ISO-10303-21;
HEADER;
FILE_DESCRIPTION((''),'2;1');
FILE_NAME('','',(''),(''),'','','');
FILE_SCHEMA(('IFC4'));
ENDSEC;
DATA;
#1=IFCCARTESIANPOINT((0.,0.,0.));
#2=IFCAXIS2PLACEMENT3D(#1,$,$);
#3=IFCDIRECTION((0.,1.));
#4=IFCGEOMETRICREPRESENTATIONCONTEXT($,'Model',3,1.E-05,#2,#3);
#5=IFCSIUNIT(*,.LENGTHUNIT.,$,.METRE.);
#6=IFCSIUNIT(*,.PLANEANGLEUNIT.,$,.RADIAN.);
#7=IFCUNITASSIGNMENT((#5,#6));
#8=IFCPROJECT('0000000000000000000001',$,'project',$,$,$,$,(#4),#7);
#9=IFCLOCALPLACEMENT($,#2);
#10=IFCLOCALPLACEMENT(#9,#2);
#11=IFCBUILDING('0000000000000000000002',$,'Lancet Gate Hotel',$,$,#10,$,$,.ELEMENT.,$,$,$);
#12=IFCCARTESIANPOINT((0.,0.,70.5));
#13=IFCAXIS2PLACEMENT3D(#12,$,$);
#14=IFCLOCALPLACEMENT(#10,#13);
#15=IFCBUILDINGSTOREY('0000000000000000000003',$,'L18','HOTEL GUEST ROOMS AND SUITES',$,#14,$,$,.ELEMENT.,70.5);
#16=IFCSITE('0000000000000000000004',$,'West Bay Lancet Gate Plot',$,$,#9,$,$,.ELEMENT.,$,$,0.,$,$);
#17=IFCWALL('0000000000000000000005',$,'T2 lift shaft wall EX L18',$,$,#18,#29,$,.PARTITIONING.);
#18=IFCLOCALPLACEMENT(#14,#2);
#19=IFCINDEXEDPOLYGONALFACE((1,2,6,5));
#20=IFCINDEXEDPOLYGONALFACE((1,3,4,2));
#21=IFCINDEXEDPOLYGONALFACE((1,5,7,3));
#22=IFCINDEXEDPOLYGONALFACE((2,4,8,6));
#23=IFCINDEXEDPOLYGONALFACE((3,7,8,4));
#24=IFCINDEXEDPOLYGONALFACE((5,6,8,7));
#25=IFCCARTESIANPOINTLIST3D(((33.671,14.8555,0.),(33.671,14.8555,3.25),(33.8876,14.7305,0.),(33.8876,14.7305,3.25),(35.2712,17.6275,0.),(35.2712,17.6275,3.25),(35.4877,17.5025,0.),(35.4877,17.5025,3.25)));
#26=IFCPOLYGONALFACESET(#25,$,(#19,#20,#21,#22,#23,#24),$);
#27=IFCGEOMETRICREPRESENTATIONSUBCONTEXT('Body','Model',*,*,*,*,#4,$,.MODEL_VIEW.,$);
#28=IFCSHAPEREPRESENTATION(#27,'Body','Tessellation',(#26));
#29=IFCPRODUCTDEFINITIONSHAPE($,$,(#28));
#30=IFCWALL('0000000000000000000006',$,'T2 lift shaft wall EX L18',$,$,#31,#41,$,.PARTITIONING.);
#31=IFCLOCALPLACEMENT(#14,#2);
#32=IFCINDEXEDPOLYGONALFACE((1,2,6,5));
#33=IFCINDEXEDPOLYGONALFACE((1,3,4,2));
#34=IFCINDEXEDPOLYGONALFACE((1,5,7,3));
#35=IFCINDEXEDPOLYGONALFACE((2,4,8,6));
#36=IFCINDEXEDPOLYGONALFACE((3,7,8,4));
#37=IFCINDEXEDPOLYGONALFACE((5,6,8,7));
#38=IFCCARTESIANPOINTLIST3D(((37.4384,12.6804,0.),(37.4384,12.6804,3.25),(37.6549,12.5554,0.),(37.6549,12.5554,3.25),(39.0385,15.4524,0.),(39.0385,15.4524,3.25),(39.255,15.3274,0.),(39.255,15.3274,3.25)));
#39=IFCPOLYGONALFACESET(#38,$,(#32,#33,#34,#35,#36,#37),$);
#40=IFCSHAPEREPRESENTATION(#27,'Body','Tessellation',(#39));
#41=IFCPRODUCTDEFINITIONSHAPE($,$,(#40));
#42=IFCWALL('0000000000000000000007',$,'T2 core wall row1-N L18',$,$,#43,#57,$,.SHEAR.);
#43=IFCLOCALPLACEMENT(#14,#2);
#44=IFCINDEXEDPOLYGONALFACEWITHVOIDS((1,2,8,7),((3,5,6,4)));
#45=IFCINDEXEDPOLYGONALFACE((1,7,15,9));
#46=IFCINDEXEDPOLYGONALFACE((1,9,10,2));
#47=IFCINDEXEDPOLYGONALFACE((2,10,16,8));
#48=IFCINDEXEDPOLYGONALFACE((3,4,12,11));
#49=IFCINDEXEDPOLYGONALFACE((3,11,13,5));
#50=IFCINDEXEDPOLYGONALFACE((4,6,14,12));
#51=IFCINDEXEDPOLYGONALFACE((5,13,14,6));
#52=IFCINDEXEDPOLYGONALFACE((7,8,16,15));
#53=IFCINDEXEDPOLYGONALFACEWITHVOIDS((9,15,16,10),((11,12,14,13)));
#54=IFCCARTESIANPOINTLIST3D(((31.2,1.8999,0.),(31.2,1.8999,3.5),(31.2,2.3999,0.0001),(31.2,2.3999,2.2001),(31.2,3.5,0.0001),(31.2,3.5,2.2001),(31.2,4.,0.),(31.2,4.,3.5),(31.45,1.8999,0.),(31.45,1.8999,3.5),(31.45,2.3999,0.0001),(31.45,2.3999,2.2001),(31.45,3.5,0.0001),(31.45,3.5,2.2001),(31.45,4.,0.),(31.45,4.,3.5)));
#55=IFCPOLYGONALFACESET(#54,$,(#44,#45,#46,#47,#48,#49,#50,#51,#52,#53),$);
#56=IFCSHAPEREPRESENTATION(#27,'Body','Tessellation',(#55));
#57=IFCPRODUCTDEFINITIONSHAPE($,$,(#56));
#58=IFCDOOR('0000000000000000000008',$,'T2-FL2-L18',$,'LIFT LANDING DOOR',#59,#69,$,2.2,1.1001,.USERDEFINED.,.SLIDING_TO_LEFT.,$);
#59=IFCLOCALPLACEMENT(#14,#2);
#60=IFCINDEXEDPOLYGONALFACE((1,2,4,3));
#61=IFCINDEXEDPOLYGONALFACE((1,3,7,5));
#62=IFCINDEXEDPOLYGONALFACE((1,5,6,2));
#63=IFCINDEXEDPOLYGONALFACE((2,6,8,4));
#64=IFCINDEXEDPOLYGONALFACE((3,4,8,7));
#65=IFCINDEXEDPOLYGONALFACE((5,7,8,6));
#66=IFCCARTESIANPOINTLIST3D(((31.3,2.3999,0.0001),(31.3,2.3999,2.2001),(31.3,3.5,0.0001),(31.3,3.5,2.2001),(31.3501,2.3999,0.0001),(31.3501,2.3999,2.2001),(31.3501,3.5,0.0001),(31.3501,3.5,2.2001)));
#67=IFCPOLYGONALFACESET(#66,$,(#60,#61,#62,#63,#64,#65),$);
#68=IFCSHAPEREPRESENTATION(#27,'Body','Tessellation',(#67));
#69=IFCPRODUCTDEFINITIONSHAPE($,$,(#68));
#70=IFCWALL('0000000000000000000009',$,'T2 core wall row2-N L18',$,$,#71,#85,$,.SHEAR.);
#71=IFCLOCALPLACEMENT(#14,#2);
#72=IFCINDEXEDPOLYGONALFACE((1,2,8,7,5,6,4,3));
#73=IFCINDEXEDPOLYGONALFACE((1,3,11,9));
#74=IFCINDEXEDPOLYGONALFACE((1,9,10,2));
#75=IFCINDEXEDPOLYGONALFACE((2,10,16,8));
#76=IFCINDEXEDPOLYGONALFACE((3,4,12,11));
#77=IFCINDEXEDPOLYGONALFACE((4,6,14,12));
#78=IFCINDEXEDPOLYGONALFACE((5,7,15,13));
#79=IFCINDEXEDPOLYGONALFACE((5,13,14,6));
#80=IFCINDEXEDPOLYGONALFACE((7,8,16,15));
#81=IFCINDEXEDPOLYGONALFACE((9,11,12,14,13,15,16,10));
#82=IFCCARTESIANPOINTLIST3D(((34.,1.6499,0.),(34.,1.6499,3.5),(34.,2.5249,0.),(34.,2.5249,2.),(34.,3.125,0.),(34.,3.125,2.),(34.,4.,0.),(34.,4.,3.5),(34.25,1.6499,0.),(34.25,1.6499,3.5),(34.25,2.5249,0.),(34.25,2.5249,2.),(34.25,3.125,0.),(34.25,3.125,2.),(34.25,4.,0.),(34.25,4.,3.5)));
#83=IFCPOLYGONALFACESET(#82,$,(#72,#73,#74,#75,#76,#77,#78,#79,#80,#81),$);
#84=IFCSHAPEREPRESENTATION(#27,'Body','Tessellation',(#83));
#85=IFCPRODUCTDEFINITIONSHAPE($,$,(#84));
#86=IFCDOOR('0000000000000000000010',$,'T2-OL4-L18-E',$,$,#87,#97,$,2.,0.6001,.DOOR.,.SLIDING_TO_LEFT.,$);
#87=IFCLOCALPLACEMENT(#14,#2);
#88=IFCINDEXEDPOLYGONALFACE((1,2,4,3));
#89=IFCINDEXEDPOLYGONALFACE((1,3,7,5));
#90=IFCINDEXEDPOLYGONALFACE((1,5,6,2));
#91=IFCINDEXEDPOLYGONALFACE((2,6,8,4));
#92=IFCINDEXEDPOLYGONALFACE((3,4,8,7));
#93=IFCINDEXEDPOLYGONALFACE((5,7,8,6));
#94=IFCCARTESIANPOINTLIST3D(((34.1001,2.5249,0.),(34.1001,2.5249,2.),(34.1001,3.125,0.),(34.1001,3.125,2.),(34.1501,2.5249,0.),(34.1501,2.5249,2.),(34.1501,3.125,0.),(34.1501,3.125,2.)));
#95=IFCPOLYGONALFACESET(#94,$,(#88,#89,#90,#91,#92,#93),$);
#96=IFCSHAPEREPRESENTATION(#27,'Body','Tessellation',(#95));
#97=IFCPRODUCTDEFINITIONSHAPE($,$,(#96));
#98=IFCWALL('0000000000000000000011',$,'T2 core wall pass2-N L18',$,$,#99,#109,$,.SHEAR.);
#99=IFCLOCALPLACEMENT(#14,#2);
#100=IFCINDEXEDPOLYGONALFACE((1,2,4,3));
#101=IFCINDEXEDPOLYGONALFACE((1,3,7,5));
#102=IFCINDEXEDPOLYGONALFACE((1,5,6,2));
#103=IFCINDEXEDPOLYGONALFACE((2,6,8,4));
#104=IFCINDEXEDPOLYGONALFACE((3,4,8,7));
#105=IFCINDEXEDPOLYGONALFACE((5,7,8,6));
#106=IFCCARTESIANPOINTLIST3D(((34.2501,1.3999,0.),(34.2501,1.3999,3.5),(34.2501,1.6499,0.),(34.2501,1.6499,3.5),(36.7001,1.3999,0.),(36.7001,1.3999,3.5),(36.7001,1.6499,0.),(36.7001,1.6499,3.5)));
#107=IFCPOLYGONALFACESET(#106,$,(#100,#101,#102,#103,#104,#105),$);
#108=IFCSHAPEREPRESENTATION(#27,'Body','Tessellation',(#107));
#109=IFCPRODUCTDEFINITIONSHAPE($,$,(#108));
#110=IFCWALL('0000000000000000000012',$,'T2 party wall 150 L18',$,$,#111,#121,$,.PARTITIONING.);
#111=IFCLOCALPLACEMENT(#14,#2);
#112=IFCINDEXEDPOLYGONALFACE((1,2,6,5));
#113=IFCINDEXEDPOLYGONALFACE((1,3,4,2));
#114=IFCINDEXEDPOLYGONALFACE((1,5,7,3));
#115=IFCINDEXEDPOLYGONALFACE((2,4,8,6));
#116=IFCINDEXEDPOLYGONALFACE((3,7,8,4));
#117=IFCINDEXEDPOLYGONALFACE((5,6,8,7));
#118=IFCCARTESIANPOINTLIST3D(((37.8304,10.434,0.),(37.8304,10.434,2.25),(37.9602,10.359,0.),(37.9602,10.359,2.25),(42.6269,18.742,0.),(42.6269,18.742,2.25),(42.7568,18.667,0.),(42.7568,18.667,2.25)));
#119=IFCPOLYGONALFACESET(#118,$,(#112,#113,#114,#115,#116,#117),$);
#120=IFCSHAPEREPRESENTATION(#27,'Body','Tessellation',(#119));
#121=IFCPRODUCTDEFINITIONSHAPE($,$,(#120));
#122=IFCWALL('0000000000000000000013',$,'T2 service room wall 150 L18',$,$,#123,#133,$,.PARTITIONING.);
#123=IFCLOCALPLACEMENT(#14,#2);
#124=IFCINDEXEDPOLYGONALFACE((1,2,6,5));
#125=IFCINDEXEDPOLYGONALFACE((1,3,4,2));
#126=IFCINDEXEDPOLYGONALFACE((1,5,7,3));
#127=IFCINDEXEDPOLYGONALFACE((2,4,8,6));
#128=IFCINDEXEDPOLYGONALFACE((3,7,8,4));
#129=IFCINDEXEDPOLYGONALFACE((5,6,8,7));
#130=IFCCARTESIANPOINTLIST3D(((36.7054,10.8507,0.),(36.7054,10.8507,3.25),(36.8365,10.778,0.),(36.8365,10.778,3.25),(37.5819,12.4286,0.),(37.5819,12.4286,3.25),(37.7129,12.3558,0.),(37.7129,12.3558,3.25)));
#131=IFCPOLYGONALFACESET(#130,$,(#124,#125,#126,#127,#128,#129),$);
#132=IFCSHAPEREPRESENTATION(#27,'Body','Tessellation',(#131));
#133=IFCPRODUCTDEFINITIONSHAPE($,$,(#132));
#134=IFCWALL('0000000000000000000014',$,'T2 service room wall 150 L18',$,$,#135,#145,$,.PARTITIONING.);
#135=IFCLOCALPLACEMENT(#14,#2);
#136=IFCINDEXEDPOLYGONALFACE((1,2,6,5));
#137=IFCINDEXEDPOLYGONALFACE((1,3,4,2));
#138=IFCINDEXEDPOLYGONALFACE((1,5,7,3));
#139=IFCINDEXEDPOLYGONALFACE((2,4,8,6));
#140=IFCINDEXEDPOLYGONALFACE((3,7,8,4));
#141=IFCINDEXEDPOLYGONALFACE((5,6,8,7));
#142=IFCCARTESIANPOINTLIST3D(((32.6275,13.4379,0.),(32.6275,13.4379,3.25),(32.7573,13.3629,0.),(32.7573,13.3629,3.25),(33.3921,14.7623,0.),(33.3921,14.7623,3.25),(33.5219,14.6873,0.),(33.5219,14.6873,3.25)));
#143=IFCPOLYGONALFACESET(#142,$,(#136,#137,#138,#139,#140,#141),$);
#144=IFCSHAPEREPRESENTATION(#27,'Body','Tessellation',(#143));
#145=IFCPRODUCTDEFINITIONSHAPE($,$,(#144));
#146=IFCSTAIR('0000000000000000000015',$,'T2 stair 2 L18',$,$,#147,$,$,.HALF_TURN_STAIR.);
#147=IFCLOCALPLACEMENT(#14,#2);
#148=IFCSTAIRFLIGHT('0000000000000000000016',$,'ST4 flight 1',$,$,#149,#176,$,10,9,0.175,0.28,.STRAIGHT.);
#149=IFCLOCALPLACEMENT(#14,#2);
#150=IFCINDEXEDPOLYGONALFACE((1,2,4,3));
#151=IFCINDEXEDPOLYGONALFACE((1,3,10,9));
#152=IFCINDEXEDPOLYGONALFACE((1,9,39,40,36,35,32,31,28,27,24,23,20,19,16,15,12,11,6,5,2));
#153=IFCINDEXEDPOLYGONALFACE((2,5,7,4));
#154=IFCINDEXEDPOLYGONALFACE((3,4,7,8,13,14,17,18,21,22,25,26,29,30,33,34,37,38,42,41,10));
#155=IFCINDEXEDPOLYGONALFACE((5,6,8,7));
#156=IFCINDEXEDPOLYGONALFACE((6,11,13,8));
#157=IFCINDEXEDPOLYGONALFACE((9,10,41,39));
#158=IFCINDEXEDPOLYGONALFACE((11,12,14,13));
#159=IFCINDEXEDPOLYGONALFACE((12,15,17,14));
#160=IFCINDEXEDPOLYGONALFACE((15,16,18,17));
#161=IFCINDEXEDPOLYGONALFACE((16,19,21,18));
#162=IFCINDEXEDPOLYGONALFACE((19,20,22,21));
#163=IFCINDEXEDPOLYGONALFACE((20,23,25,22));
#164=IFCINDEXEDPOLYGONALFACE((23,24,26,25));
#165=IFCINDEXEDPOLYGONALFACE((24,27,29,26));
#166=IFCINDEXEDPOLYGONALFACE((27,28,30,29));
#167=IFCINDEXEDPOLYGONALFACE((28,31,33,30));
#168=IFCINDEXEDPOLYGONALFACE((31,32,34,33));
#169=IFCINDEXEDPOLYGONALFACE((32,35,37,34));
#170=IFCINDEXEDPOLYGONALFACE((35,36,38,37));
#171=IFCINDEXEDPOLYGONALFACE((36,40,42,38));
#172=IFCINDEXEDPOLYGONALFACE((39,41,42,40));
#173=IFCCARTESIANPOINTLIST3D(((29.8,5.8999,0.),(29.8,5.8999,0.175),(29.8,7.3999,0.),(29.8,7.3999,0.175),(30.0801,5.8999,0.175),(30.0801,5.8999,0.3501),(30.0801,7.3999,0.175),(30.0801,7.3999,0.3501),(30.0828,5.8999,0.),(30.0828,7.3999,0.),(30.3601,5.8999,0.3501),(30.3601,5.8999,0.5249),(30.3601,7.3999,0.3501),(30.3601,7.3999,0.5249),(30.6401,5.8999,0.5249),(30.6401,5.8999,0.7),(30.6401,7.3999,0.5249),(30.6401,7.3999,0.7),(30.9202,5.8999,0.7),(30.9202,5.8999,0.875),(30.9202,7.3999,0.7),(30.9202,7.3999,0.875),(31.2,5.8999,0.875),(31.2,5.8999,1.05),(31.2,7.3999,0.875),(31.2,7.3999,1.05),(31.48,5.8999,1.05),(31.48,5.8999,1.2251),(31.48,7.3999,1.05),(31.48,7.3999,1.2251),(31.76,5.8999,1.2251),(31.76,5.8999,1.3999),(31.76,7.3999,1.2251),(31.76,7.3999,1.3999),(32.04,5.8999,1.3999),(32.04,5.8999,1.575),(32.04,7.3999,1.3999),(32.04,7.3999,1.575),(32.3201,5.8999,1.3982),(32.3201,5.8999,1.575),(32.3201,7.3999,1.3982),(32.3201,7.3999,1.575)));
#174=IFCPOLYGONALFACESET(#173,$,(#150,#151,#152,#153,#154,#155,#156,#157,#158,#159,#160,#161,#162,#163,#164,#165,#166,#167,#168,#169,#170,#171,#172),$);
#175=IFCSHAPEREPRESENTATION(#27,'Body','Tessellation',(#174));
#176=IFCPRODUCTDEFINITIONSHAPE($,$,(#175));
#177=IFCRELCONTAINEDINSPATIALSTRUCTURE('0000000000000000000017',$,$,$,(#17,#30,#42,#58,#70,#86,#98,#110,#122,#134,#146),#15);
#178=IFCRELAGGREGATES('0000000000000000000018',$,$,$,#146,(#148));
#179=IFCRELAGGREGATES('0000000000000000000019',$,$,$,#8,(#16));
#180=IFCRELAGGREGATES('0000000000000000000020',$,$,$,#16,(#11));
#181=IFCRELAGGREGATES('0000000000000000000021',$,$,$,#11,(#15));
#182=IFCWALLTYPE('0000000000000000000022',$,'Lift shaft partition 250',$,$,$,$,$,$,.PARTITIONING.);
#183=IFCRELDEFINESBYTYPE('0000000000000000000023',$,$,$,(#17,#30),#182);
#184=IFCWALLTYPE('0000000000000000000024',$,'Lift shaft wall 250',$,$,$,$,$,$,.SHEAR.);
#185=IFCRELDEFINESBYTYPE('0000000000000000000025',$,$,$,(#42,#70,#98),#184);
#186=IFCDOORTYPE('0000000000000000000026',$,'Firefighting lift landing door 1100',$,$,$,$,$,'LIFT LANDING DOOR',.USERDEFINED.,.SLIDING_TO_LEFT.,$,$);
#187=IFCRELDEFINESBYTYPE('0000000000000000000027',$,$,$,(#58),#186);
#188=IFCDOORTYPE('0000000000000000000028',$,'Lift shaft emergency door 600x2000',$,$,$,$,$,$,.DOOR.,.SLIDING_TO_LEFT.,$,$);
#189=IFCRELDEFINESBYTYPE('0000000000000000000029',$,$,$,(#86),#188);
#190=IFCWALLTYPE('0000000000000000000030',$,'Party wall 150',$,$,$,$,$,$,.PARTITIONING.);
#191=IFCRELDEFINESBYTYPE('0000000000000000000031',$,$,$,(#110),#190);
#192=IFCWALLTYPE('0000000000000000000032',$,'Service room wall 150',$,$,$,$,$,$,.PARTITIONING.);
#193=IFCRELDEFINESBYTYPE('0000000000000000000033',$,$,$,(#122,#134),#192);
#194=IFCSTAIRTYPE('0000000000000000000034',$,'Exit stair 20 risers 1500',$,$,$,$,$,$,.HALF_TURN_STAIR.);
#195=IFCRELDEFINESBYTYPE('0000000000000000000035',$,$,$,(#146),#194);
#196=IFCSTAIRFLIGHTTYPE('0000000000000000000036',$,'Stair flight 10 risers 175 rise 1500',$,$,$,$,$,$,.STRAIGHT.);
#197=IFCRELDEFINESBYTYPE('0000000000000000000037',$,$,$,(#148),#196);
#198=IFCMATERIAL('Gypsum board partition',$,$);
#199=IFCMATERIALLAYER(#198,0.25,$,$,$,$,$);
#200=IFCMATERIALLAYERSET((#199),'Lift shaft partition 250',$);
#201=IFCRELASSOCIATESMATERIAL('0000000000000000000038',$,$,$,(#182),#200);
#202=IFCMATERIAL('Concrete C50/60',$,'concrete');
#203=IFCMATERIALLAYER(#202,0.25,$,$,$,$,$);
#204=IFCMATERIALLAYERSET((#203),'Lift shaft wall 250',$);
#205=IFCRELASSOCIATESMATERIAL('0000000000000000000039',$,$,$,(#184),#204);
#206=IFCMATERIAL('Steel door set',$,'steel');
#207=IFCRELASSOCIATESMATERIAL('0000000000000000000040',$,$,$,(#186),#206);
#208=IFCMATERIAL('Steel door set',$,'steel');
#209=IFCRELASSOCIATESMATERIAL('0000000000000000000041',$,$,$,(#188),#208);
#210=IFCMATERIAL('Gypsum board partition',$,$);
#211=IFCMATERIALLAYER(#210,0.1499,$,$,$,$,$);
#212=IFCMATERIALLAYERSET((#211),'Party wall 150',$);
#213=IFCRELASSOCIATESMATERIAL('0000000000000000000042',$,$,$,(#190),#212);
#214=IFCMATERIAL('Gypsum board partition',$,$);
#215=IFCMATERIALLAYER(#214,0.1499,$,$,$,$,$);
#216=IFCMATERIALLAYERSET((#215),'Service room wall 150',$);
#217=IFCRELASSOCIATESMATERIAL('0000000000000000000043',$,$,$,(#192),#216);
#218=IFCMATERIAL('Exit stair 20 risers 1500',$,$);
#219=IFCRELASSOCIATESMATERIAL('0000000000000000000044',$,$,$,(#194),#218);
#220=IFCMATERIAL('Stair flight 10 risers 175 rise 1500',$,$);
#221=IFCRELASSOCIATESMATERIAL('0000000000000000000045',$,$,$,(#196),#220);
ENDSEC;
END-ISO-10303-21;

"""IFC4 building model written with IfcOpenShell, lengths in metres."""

from ifc_helpers import new_model, si_unit, direction, frame, frame_2d, origin, place, context, subcontext, project, spatial, polyline, rectangle, outline, extrude, material, layer, layer_set, type_object, element, fill, aggregate, save


model = new_model("IFC4")

# Units and contexts
model_context = context("Model", 3, precision=1e-05, world=origin(), true_north=direction((0.0, 1.0)))
body_context = subcontext(model_context, "Body", "Model", "MODEL_VIEW")
ifc_project = project(units=[si_unit("LENGTHUNIT", "METRE"), si_unit("PLANEANGLEUNIT", "RADIAN")], contexts=[model_context])

# Site, building, storey
site_placement = place(None, origin())
site = spatial("IfcSite", under=ifc_project, at=site_placement, Name="West Bay Lancet Gate Plot", CompositionType="ELEMENT", RefElevation=0.0)
building_placement = place(site_placement, origin())
building = spatial("IfcBuilding", under=site, at=building_placement, Name="Lancet Gate Hotel", CompositionType="ELEMENT")
storey_placement = place(building_placement, frame((0.0, 0.0, 70.5)))
storey = spatial("IfcBuildingStorey", under=building, at=storey_placement, Name="L18", Description="HOTEL GUEST ROOMS AND SUITES", CompositionType="ELEMENT", Elevation=70.5)

# Walls
ifc_material_1 = material(Name="Gypsum board partition")
ifc_layer_1 = layer(ifc_material_1, 0.25)
ifc_layer_set_1 = layer_set([ifc_layer_1], Name="Lift shaft partition 250")
wall_type_1 = type_object("IfcWallType", Name="Lift shaft partition 250", PredefinedType="PARTITIONING", material=ifc_layer_set_1)
for number, where, z_axis, x_axis, name in (
    (1, (33.7793, 14.793, 0.0), (0.0, 0.0, 1.0), (0.499929, 0.866066, 0.0), "T2 lift shaft wall EX L18"),
    (2, (37.5466, 12.6179, 0.0), (0.0, 0.0, 1.0), (0.499929, 0.866066, 0.0), "T2 lift shaft wall EX L18"),
):
    element("IfcWall", number, at=place(storey_placement, frame(where, z_axis=z_axis, x_axis=x_axis)), inside=storey, type_object=wall_type_1, Name=name, PredefinedType="PARTITIONING", context=body_context, shape_type="SweptSolid", body=[
        extrude(rectangle(XDim=3.2007, YDim=0.25, at=frame_2d((1.6003, 0.0))), origin(), (0.0, 0.0, 1.0), 3.25),
    ])

# Walls, openings, doors
ifc_material_2 = material(Name="Concrete C50/60", Category="concrete")
ifc_layer_2 = layer(ifc_material_2, 0.25)
ifc_layer_set_2 = layer_set([ifc_layer_2], Name="Lift shaft wall 250")
wall_type_2 = type_object("IfcWallType", Name="Lift shaft wall 250", PredefinedType="SHEAR", material=ifc_layer_set_2)
wall_1_placement = place(storey_placement, frame((31.325, 1.8999, 0.0), z_axis=(0.0, 0.0, 1.0), x_axis=(0.0, 1.0, 0.0)))
wall_1 = element("IfcWall", 3, at=wall_1_placement, inside=storey, type_object=wall_type_2, Name="T2 core wall row1-N L18", PredefinedType="SHEAR", context=body_context, shape_type="SweptSolid", body=[
    extrude(rectangle(XDim=2.1001, YDim=0.25, at=frame_2d((1.05, 0.0))), origin(), (0.0, 0.0, 1.0), 3.5),
])
opening_1_placement = place(wall_1_placement, frame((0.5, 0.0, 0.0)))
opening_1 = element("IfcOpeningElement", 4, at=opening_1_placement, cuts=wall_1, PredefinedType="OPENING", context=body_context, shape_type="SweptSolid", body=[
    extrude(rectangle(XDim=1.1001, YDim=2.2, at=frame_2d((0.55, 1.1001))), frame((0.0, 0.135, 0.0), z_axis=(0.0, -1.0, 0.0), x_axis=(1.0, 0.0, 0.0)), (0.0, 0.0, 1.0), 0.27),
])
ifc_material_3 = material(Name="Steel door set", Category="steel")
door_type_1 = type_object("IfcDoorType", Name="Firefighting lift landing door 1100", ElementType="LIFT LANDING DOOR", OperationType="SLIDING_TO_LEFT", PredefinedType="USERDEFINED", material=ifc_material_3)
door_1_placement = place(opening_1_placement, origin())
door_1 = element("IfcDoor", 5, at=door_1_placement, inside=storey, type_object=door_type_1, Name="T2-FL2-L18", ObjectType="LIFT LANDING DOOR", OperationType="SLIDING_TO_LEFT", OverallHeight=2.2, OverallWidth=1.1001, PredefinedType="USERDEFINED", context=body_context, shape_type="SweptSolid", body=[
    extrude(rectangle(XDim=1.1001, YDim=2.2, at=frame_2d((0.55, 1.1001))), frame((0.0, 0.0249, 0.0), z_axis=(0.0, -1.0, 0.0), x_axis=(1.0, 0.0, 0.0)), (0.0, 0.0, 1.0), 0.05),
])
fill(opening_1, door_1)
wall_2_placement = place(storey_placement, frame((34.125, 1.6499, 0.0), z_axis=(0.0, 0.0, 1.0), x_axis=(0.0, 1.0, 0.0)))
wall_2 = element("IfcWall", 6, at=wall_2_placement, inside=storey, type_object=wall_type_2, Name="T2 core wall row2-N L18", PredefinedType="SHEAR", context=body_context, shape_type="SweptSolid", body=[
    extrude(rectangle(XDim=2.3501, YDim=0.25, at=frame_2d((1.175, 0.0))), origin(), (0.0, 0.0, 1.0), 3.5),
])
opening_2_placement = place(wall_2_placement, frame((0.875, 0.0, 0.0)))
opening_2 = element("IfcOpeningElement", 7, at=opening_2_placement, cuts=wall_2, PredefinedType="OPENING", context=body_context, shape_type="SweptSolid", body=[
    extrude(rectangle(XDim=0.6001, YDim=2.0, at=frame_2d((0.3, 1.0))), frame((0.0, 0.135, 0.0), z_axis=(0.0, -1.0, 0.0), x_axis=(1.0, 0.0, 0.0)), (0.0, 0.0, 1.0), 0.27),
])
ifc_material_4 = material(Name="Steel door set", Category="steel")
door_type_2 = type_object("IfcDoorType", Name="Lift shaft emergency door 600x2000", OperationType="SLIDING_TO_LEFT", PredefinedType="DOOR", material=ifc_material_4)
door_2_placement = place(opening_2_placement, origin())
door_2 = element("IfcDoor", 8, at=door_2_placement, inside=storey, type_object=door_type_2, Name="T2-OL4-L18-E", OperationType="SLIDING_TO_LEFT", OverallHeight=2.0, OverallWidth=0.6001, PredefinedType="DOOR", context=body_context, shape_type="SweptSolid", body=[
    extrude(rectangle(XDim=0.6001, YDim=2.0, at=frame_2d((0.3, 1.0))), frame((0.0, 0.0249, 0.0), z_axis=(0.0, -1.0, 0.0), x_axis=(1.0, 0.0, 0.0)), (0.0, 0.0, 1.0), 0.05),
])
fill(opening_2, door_2)

# Walls
wall_3_placement = place(storey_placement, frame((34.25, 1.5249, 0.0), z_axis=(0.0, 0.0, 1.0), x_axis=(1.0, 0.0, 0.0)))
element("IfcWall", 9, at=wall_3_placement, inside=storey, type_object=wall_type_2, Name="T2 core wall pass2-N L18", PredefinedType="SHEAR", context=body_context, shape_type="SweptSolid", body=[
    extrude(rectangle(XDim=2.45, YDim=0.25, at=frame_2d((1.2251, 0.0))), origin(), (0.0, 0.0, 1.0), 3.5),
])
ifc_material_5 = material(Name="Gypsum board partition")
ifc_layer_3 = layer(ifc_material_5, 0.1499)
ifc_layer_set_3 = layer_set([ifc_layer_3], Name="Party wall 150")
wall_type_3 = type_object("IfcWallType", Name="Party wall 150", PredefinedType="PARTITIONING", material=ifc_layer_set_3)
wall_4_placement = place(storey_placement, frame((37.8953, 10.3965, 0.0), z_axis=(0.0, 0.0, 1.0), x_axis=(0.499996, 0.866028, 0.0)))
element("IfcWall", 10, at=wall_4_placement, inside=storey, type_object=wall_type_3, Name="T2 party wall 150 L18", PredefinedType="PARTITIONING", context=body_context, shape_type="SweptSolid", body=[
    extrude(rectangle(XDim=9.5933, YDim=0.1499, at=frame_2d((4.7966, 0.0))), origin(), (0.0, 0.0, 1.0), 2.25),
])
ifc_material_6 = material(Name="Gypsum board partition")
ifc_layer_4 = layer(ifc_material_6, 0.1499)
ifc_layer_set_4 = layer_set([ifc_layer_4], Name="Service room wall 150")
wall_type_4 = type_object("IfcWallType", Name="Service room wall 150", PredefinedType="PARTITIONING", material=ifc_layer_set_4)
wall_5_placement = place(storey_placement, frame((36.771, 10.8145, 0.0), z_axis=(0.0, 0.0, 1.0), x_axis=(0.485586, 0.874189, 0.0)))
element("IfcWall", 11, at=wall_5_placement, inside=storey, type_object=wall_type_4, Name="T2 service room wall 150 L18", PredefinedType="PARTITIONING", context=body_context, shape_type="SweptSolid", body=[
    extrude(rectangle(XDim=1.8049, YDim=0.1499, at=frame_2d((0.9023, 0.0))), origin(), (0.0, 0.0, 1.0), 3.25),
])
wall_6_placement = place(storey_placement, frame((32.6924, 13.4004, 0.0), z_axis=(0.0, 0.0, 1.0), x_axis=(0.499985, 0.866034, 0.0)))
element("IfcWall", 12, at=wall_6_placement, inside=storey, type_object=wall_type_4, Name="T2 service room wall 150 L18", PredefinedType="PARTITIONING", context=body_context, shape_type="SweptSolid", body=[
    extrude(rectangle(XDim=1.5293, YDim=0.1499, at=frame_2d((0.7646, 0.0))), origin(), (0.0, 0.0, 1.0), 3.25),
])

# Stair, stair flight
ifc_material_7 = material(Name="Exit stair 20 risers 1500")
stair_type = type_object("IfcStairType", Name="Exit stair 20 risers 1500", PredefinedType="HALF_TURN_STAIR", material=ifc_material_7)
stair_placement = place(storey_placement, origin())
stair = element("IfcStair", 13, at=stair_placement, inside=storey, type_object=stair_type, Name="T2 stair 2 L18", PredefinedType="HALF_TURN_STAIR")
ifc_material_8 = material(Name="Stair flight 10 risers 175 rise 1500")
stair_flight_type = type_object("IfcStairFlightType", Name="Stair flight 10 risers 175 rise 1500", PredefinedType="STRAIGHT", material=ifc_material_8)
stair_flight_1_placement = place(storey_placement, frame((29.8, 6.6499, 0.0), z_axis=(0.0, 0.0, 1.0), x_axis=(1.0, 0.0, 0.0)))
stair_flight_1 = element("IfcStairFlight", 14, at=stair_flight_1_placement, type_object=stair_flight_type, Name="ST4 flight 1", NumberOfRisers=10, NumberOfTreads=9, PredefinedType="STRAIGHT", RiserHeight=0.175, TreadLength=0.28, context=body_context, shape_type="SweptSolid", body=[
    extrude(outline(polyline([(0.0, 0.0), (0.0, 0.175), (0.28, 0.175), (0.28, 0.3501), (0.5601, 0.3501), (0.5601, 0.5249), (0.8401, 0.5249), (0.8401, 0.7), (1.1201, 0.7), (1.1201, 0.875), (1.3999, 0.875), (1.3999, 1.05), (1.6799, 1.05), (1.6799, 1.2251), (1.96, 1.2251), (1.96, 1.3999), (2.24, 1.3999), (2.24, 1.575), (2.52, 1.575), (2.52, 1.75), (2.52, 1.3982), (0.2827, 0.0), (0.0, 0.0)])), frame((0.0, 0.75, 0.0), z_axis=(0.0, -1.0, 0.0), x_axis=(1.0, 0.0, 0.0)), (0.0, 0.0, 1.0), 1.5),
])
aggregate(stair, [stair_flight_1])

save(model, "model.ifc")
